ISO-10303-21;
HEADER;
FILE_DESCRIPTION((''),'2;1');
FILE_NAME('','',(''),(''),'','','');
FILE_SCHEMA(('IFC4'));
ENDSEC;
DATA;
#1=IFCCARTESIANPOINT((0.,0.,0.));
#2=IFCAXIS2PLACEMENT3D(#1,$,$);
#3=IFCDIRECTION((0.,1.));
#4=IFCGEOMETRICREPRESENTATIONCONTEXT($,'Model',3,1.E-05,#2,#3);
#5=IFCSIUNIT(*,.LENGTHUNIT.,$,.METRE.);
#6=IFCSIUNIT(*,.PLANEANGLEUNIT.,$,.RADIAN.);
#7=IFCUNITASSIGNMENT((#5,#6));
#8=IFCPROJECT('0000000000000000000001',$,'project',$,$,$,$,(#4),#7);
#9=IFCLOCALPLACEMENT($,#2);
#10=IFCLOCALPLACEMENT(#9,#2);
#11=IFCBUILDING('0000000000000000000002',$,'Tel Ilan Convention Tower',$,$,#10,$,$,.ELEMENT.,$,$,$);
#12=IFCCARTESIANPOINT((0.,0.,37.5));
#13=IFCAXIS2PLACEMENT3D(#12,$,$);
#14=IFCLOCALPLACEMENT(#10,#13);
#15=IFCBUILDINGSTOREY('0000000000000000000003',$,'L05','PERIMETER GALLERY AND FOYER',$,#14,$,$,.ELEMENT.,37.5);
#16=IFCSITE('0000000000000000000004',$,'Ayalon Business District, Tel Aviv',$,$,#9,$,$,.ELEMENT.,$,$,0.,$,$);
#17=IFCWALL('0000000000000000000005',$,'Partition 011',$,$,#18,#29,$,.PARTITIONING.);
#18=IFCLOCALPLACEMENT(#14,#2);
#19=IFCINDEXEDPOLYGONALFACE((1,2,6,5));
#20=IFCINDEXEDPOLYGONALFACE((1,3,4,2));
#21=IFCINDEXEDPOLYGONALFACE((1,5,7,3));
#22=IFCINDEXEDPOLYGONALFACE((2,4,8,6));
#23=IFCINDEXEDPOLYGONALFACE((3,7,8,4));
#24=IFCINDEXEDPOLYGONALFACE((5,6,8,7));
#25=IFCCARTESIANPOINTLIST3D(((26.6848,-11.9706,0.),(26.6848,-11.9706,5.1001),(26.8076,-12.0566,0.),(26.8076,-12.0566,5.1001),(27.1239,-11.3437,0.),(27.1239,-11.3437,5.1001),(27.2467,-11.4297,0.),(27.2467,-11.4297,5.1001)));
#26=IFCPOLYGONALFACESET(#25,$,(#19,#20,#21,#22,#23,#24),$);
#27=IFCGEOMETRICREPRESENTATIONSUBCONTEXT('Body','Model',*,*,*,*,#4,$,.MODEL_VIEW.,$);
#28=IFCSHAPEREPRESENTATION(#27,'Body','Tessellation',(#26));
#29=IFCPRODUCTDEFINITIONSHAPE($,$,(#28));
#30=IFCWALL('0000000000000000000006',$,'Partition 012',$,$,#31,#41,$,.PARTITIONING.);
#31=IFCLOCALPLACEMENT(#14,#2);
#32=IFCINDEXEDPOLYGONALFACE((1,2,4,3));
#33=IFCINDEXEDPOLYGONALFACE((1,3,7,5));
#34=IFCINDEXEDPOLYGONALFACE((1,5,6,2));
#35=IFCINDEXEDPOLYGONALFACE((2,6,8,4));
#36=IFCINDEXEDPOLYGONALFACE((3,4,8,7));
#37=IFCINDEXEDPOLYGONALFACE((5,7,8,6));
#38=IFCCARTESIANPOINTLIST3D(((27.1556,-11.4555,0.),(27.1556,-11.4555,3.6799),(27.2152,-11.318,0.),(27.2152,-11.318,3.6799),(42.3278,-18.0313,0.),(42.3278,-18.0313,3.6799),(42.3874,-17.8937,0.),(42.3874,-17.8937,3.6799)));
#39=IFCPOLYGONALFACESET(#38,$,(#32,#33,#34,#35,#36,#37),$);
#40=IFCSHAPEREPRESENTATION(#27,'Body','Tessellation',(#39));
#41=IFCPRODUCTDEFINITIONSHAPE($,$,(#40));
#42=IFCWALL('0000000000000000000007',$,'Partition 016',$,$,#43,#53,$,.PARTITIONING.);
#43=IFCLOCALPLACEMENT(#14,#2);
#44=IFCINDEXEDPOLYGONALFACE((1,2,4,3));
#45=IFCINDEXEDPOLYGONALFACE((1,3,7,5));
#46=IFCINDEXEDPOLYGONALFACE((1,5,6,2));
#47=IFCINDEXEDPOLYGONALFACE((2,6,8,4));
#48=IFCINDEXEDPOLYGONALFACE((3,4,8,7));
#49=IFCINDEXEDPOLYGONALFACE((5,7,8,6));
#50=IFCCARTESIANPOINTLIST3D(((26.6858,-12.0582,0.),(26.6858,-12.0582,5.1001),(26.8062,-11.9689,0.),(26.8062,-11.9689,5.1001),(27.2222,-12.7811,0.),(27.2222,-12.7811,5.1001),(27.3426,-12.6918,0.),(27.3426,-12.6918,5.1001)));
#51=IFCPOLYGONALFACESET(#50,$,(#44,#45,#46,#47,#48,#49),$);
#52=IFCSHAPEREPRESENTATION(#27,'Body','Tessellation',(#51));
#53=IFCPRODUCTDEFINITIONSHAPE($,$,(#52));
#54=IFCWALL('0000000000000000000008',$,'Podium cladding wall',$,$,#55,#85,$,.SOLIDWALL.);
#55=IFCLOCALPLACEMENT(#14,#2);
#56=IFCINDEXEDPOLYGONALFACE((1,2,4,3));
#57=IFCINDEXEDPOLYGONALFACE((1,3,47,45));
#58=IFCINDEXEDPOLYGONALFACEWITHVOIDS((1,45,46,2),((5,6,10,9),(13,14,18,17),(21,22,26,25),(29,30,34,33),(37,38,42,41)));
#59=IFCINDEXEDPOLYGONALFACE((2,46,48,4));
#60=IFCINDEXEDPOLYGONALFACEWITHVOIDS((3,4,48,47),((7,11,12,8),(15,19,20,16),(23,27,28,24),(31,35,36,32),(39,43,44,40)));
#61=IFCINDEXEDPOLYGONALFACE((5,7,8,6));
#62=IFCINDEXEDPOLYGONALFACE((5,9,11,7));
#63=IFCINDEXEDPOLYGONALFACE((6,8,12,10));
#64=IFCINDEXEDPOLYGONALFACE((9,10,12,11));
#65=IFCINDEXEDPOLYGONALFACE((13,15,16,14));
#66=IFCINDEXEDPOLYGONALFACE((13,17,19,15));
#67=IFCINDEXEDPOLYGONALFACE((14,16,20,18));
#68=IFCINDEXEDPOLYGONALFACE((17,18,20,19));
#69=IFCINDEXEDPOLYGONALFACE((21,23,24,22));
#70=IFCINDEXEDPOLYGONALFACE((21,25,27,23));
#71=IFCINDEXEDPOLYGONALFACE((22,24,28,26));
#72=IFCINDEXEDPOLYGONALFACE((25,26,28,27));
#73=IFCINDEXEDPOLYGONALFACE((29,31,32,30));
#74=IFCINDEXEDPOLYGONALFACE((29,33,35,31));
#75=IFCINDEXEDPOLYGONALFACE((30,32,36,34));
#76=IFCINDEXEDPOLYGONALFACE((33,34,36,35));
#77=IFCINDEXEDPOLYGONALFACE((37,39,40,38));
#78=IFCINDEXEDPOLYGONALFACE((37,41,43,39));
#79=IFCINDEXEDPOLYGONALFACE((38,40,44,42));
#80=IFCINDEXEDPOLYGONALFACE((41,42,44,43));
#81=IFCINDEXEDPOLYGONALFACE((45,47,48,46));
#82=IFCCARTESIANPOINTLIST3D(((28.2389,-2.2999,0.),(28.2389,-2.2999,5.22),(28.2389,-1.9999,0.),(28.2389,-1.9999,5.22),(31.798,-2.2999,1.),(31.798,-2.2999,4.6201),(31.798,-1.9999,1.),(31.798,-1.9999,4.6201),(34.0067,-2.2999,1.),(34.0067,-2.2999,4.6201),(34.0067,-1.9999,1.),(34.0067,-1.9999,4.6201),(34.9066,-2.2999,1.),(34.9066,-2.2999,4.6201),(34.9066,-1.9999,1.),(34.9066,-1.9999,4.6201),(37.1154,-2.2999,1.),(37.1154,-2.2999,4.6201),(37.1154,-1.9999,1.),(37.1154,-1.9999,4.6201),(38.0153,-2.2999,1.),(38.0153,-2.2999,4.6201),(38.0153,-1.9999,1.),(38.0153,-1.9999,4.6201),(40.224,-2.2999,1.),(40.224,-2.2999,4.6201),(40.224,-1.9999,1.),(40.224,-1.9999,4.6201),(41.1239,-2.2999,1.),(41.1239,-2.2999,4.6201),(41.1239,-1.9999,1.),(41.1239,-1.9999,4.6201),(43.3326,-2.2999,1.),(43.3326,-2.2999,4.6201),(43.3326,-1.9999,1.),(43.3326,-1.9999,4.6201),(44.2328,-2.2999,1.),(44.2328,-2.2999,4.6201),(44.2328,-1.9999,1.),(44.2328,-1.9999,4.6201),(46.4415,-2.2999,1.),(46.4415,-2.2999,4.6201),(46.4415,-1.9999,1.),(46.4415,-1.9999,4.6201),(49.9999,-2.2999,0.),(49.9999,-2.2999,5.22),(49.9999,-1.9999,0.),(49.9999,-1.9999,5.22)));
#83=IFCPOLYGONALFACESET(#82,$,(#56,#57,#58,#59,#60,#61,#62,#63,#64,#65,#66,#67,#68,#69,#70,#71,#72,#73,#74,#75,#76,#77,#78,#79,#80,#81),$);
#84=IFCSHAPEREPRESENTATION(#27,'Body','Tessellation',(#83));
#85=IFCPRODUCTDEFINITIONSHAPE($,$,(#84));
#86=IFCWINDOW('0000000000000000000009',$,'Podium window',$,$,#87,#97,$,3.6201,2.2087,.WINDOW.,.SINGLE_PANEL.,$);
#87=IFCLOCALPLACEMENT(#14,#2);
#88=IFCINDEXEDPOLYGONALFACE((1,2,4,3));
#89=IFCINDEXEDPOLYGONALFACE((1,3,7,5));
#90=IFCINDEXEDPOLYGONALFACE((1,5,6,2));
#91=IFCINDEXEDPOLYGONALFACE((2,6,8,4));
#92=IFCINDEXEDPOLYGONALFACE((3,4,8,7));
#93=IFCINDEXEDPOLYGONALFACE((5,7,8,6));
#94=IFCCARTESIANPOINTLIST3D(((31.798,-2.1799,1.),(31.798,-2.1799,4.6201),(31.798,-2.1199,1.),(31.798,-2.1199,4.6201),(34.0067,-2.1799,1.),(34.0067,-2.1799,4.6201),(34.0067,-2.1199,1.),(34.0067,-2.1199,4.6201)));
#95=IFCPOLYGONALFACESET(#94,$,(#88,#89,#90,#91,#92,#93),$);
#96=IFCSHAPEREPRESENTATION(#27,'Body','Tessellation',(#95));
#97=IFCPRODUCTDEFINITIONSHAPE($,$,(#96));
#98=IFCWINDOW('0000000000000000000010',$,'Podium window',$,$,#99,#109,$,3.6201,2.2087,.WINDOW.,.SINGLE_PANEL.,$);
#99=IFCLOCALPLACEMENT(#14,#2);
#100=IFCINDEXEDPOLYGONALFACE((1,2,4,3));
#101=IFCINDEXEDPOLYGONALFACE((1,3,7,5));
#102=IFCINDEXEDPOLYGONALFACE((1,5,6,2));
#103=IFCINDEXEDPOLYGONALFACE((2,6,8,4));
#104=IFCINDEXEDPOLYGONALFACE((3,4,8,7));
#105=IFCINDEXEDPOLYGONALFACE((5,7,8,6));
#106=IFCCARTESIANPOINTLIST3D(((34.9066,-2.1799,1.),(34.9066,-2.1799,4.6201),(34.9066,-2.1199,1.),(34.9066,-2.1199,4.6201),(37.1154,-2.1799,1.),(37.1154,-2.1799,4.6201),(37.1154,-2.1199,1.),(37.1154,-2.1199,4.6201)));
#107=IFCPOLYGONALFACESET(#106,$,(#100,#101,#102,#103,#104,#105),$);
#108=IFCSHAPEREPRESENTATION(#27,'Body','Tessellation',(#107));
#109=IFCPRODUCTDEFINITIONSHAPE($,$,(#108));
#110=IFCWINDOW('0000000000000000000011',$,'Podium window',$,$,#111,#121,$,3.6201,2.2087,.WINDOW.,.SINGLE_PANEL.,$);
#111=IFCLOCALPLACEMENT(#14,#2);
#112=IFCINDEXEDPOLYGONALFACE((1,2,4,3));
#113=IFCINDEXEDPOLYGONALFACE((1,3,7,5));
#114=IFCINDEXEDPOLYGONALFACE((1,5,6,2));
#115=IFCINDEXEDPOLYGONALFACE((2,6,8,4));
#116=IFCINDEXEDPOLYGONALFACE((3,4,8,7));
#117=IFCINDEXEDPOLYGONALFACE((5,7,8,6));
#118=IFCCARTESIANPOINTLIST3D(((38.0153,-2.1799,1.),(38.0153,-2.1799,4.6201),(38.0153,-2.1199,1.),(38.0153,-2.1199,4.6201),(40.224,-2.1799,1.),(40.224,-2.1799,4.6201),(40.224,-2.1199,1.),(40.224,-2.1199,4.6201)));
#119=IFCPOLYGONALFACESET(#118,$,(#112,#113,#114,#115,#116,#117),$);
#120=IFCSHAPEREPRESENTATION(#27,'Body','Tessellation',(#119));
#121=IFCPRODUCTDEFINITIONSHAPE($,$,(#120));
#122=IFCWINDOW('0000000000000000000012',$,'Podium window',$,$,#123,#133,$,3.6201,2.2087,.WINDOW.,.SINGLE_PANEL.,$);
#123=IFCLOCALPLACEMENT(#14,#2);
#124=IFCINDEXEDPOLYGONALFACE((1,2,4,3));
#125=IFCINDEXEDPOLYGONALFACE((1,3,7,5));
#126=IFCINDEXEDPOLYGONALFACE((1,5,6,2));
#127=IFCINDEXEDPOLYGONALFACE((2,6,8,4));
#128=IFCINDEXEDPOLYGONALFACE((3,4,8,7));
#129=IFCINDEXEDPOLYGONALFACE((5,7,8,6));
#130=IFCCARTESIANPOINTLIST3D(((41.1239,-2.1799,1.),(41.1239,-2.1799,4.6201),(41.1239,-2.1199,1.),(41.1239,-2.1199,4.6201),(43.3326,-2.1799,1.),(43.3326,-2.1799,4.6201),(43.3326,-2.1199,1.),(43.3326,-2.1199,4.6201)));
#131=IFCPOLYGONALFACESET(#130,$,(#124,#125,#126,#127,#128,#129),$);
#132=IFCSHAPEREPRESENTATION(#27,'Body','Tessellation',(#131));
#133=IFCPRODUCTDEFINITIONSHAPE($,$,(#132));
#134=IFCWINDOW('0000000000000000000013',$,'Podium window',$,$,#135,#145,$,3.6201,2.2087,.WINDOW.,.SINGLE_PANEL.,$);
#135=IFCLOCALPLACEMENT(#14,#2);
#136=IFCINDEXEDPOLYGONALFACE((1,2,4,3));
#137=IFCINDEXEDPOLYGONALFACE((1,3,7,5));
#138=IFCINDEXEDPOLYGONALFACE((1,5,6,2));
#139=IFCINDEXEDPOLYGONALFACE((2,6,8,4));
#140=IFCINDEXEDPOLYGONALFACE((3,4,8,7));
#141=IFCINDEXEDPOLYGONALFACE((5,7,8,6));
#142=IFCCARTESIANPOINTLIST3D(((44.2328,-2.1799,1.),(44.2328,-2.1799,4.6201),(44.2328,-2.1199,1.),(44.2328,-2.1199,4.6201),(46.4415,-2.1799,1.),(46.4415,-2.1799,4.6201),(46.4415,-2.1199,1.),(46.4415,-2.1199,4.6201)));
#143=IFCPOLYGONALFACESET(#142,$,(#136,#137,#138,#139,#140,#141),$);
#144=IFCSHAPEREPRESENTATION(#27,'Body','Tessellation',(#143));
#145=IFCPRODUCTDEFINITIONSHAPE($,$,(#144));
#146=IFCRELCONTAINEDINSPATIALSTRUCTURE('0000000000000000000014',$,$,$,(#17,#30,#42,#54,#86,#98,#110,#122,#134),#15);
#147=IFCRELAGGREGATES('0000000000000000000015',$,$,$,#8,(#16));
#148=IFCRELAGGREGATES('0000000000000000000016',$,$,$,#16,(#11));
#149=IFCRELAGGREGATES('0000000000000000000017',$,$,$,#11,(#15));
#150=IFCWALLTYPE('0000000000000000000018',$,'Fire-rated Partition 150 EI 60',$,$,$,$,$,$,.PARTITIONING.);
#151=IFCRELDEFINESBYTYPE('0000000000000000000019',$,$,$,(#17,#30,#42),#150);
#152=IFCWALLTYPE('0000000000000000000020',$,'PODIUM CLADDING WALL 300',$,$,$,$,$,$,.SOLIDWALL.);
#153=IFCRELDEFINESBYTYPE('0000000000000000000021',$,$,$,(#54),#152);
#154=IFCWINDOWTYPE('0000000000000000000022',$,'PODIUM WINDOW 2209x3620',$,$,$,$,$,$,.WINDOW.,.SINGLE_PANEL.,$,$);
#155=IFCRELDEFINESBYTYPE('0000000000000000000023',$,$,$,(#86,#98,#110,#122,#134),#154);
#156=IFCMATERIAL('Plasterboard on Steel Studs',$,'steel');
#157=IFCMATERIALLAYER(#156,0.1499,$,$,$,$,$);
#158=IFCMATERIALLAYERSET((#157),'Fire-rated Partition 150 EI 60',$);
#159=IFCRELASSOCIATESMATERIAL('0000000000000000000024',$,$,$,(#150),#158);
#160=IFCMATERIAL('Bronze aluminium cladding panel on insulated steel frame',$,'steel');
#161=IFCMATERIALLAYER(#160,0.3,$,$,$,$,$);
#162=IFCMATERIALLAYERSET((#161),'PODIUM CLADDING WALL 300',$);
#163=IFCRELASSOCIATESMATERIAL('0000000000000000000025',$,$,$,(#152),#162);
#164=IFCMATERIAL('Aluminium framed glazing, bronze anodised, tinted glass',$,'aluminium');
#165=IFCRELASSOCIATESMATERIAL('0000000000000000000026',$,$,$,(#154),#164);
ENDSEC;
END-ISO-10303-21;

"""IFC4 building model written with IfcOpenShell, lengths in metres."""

from ifc_helpers import new_model, si_unit, direction, frame, frame_2d, origin, place, context, subcontext, project, spatial, rectangle, extrude, material, layer, layer_set, type_object, element, fill, save


model = new_model("IFC4")

# Units and contexts
model_context = context("Model", 3, precision=1e-05, world=origin(), true_north=direction((0.0, 1.0)))
body_context = subcontext(model_context, "Body", "Model", "MODEL_VIEW")
ifc_project = project(units=[si_unit("LENGTHUNIT", "METRE"), si_unit("PLANEANGLEUNIT", "RADIAN")], contexts=[model_context])

# Site, building, storey
site_placement = place(None, origin())
site = spatial("IfcSite", under=ifc_project, at=site_placement, Name="Ayalon Business District, Tel Aviv", CompositionType="ELEMENT", RefElevation=0.0)
building_placement = place(site_placement, origin())
building = spatial("IfcBuilding", under=site, at=building_placement, Name="Tel Ilan Convention Tower", CompositionType="ELEMENT")
storey_placement = place(building_placement, frame((0.0, 0.0, 37.5)))
storey = spatial("IfcBuildingStorey", under=building, at=storey_placement, Name="L05", Description="PERIMETER GALLERY AND FOYER", CompositionType="ELEMENT", Elevation=37.5)

# Walls
ifc_material_1 = material(Name="Plasterboard on Steel Studs", Category="steel")
ifc_layer_1 = layer(ifc_material_1, 0.1499)
ifc_layer_set_1 = layer_set([ifc_layer_1], Name="Fire-rated Partition 150 EI 60")
wall_type_1 = type_object("IfcWallType", Name="Fire-rated Partition 150 EI 60", PredefinedType="PARTITIONING", material=ifc_layer_set_1)
wall_1_placement = place(storey_placement, frame((26.7461, -12.0137, 0.0), z_axis=(0.0, 0.0, 1.0), x_axis=(0.573762, 0.819022, 0.0)))
element("IfcWall", 1, at=wall_1_placement, inside=storey, type_object=wall_type_1, Name="Partition 011", PredefinedType="PARTITIONING", context=body_context, shape_type="SweptSolid", body=[
    extrude(rectangle(XDim=0.7654, YDim=0.1499, at=frame_2d((0.3828, 0.0))), origin(), (0.0, 0.0, 1.0), 5.1001),
])
wall_2_placement = place(storey_placement, frame((27.1853, -11.3867, 0.0), z_axis=(0.0, 0.0, 1.0), x_axis=(0.917531, -0.397663, 0.0)))
element("IfcWall", 2, at=wall_2_placement, inside=storey, type_object=wall_type_1, Name="Partition 012", PredefinedType="PARTITIONING", context=body_context, shape_type="SweptSolid", body=[
    extrude(rectangle(XDim=16.5359, YDim=0.1499, at=frame_2d((8.2681, 0.0))), origin(), (0.0, 0.0, 1.0), 3.6799),
])
wall_3_placement = place(storey_placement, frame((27.2825, -12.7366, 0.0), z_axis=(0.0, 0.0, 1.0), x_axis=(-0.595869, 0.803081, 0.0)))
element("IfcWall", 3, at=wall_3_placement, inside=storey, type_object=wall_type_1, Name="Partition 016", PredefinedType="PARTITIONING", context=body_context, shape_type="SweptSolid", body=[
    extrude(rectangle(XDim=0.9001, YDim=0.1499, at=frame_2d((0.4502, 0.0))), origin(), (0.0, 0.0, 1.0), 5.1001),
])

# Wall, openings, windows
ifc_material_2 = material(Name="Bronze aluminium cladding panel on insulated steel frame", Category="steel")
ifc_layer_2 = layer(ifc_material_2, 0.3)
ifc_layer_set_2 = layer_set([ifc_layer_2], Name="PODIUM CLADDING WALL 300")
wall_type_2 = type_object("IfcWallType", Name="PODIUM CLADDING WALL 300", PredefinedType="SOLIDWALL", material=ifc_layer_set_2)
wall_4_placement = place(storey_placement, frame((28.239, -2.1499, 0.0), z_axis=(0.0, 0.0, 1.0), x_axis=(1.0, 0.0, 0.0)))
wall_4 = element("IfcWall", 4, at=wall_4_placement, inside=storey, type_object=wall_type_2, Name="Podium cladding wall", PredefinedType="SOLIDWALL", context=body_context, shape_type="SweptSolid", body=[
    extrude(rectangle(XDim=21.761, YDim=0.3, at=frame_2d((10.8804, 0.0))), origin(), (0.0, 0.0, 1.0), 5.22),
])
opening_1_placement = place(wall_4_placement, frame((3.5588, 0.0, 1.0)))
opening_1 = element("IfcOpeningElement", 5, at=opening_1_placement, cuts=wall_4, PredefinedType="OPENING", context=body_context, shape_type="SweptSolid", body=[
    extrude(rectangle(XDim=2.2087, YDim=3.6201, at=frame_2d((1.1045, 1.8101))), frame((0.0, 0.1599, 0.0), z_axis=(0.0, -1.0, 0.0), x_axis=(1.0, 0.0, 0.0)), (0.0, 0.0, 1.0), 0.3201),
])
opening_2_placement = place(wall_4_placement, frame((6.6675, 0.0, 1.0)))
opening_2 = element("IfcOpeningElement", 6, at=opening_2_placement, cuts=wall_4, PredefinedType="OPENING", context=body_context, shape_type="SweptSolid", body=[
    extrude(rectangle(XDim=2.2087, YDim=3.6201, at=frame_2d((1.1045, 1.8101))), frame((0.0, 0.1599, 0.0), z_axis=(0.0, -1.0, 0.0), x_axis=(1.0, 0.0, 0.0)), (0.0, 0.0, 1.0), 0.3201),
])
opening_3_placement = place(wall_4_placement, frame((9.7761, 0.0, 1.0)))
opening_3 = element("IfcOpeningElement", 7, at=opening_3_placement, cuts=wall_4, PredefinedType="OPENING", context=body_context, shape_type="SweptSolid", body=[
    extrude(rectangle(XDim=2.2087, YDim=3.6201, at=frame_2d((1.1045, 1.8101))), frame((0.0, 0.1599, 0.0), z_axis=(0.0, -1.0, 0.0), x_axis=(1.0, 0.0, 0.0)), (0.0, 0.0, 1.0), 0.3201),
])
opening_4_placement = place(wall_4_placement, frame((12.8848, 0.0, 1.0)))
opening_4 = element("IfcOpeningElement", 8, at=opening_4_placement, cuts=wall_4, PredefinedType="OPENING", context=body_context, shape_type="SweptSolid", body=[
    extrude(rectangle(XDim=2.2087, YDim=3.6201, at=frame_2d((1.1045, 1.8101))), frame((0.0, 0.1599, 0.0), z_axis=(0.0, -1.0, 0.0), x_axis=(1.0, 0.0, 0.0)), (0.0, 0.0, 1.0), 0.3201),
])
opening_5_placement = place(wall_4_placement, frame((15.9937, 0.0, 1.0)))
opening_5 = element("IfcOpeningElement", 9, at=opening_5_placement, cuts=wall_4, PredefinedType="OPENING", context=body_context, shape_type="SweptSolid", body=[
    extrude(rectangle(XDim=2.2087, YDim=3.6201, at=frame_2d((1.1045, 1.8101))), frame((0.0, 0.1599, 0.0), z_axis=(0.0, -1.0, 0.0), x_axis=(1.0, 0.0, 0.0)), (0.0, 0.0, 1.0), 0.3201),
])
ifc_material_3 = material(Name="Aluminium framed glazing, bronze anodised, tinted glass", Category="aluminium")
window_type = type_object("IfcWindowType", Name="PODIUM WINDOW 2209x3620", PartitioningType="SINGLE_PANEL", PredefinedType="WINDOW", material=ifc_material_3)
window_1_placement = place(opening_1_placement, origin())
window_1 = element("IfcWindow", 10, at=window_1_placement, inside=storey, type_object=window_type, Name="Podium window", OverallHeight=3.6201, OverallWidth=2.2087, PartitioningType="SINGLE_PANEL", PredefinedType="WINDOW", context=body_context, shape_type="SweptSolid", body=[
    extrude(rectangle(XDim=2.2087, YDim=3.6201, at=frame_2d((1.1045, 1.8101))), frame((0.0, 0.03, 0.0), z_axis=(0.0, -1.0, 0.0), x_axis=(1.0, 0.0, 0.0)), (0.0, 0.0, 1.0), 0.0601),
])
fill(opening_1, window_1)
window_2_placement = place(opening_2_placement, origin())
window_2 = element("IfcWindow", 11, at=window_2_placement, inside=storey, type_object=window_type, Name="Podium window", OverallHeight=3.6201, OverallWidth=2.2087, PartitioningType="SINGLE_PANEL", PredefinedType="WINDOW", context=body_context, shape_type="SweptSolid", body=[
    extrude(rectangle(XDim=2.2087, YDim=3.6201, at=frame_2d((1.1045, 1.8101))), frame((0.0, 0.03, 0.0), z_axis=(0.0, -1.0, 0.0), x_axis=(1.0, 0.0, 0.0)), (0.0, 0.0, 1.0), 0.0601),
])
fill(opening_2, window_2)
window_3_placement = place(opening_3_placement, origin())
window_3 = element("IfcWindow", 12, at=window_3_placement, inside=storey, type_object=window_type, Name="Podium window", OverallHeight=3.6201, OverallWidth=2.2087, PartitioningType="SINGLE_PANEL", PredefinedType="WINDOW", context=body_context, shape_type="SweptSolid", body=[
    extrude(rectangle(XDim=2.2087, YDim=3.6201, at=frame_2d((1.1045, 1.8101))), frame((0.0, 0.03, 0.0), z_axis=(0.0, -1.0, 0.0), x_axis=(1.0, 0.0, 0.0)), (0.0, 0.0, 1.0), 0.0601),
])
fill(opening_3, window_3)
window_4_placement = place(opening_4_placement, origin())
window_4 = element("IfcWindow", 13, at=window_4_placement, inside=storey, type_object=window_type, Name="Podium window", OverallHeight=3.6201, OverallWidth=2.2087, PartitioningType="SINGLE_PANEL", PredefinedType="WINDOW", context=body_context, shape_type="SweptSolid", body=[
    extrude(rectangle(XDim=2.2087, YDim=3.6201, at=frame_2d((1.1045, 1.8101))), frame((0.0, 0.03, 0.0), z_axis=(0.0, -1.0, 0.0), x_axis=(1.0, 0.0, 0.0)), (0.0, 0.0, 1.0), 0.0601),
])
fill(opening_4, window_4)
window_5_placement = place(opening_5_placement, origin())
window_5 = element("IfcWindow", 14, at=window_5_placement, inside=storey, type_object=window_type, Name="Podium window", OverallHeight=3.6201, OverallWidth=2.2087, PartitioningType="SINGLE_PANEL", PredefinedType="WINDOW", context=body_context, shape_type="SweptSolid", body=[
    extrude(rectangle(XDim=2.2087, YDim=3.6201, at=frame_2d((1.1045, 1.8101))), frame((0.0, 0.03, 0.0), z_axis=(0.0, -1.0, 0.0), x_axis=(1.0, 0.0, 0.0)), (0.0, 0.0, 1.0), 0.0601),
])
fill(opening_5, window_5)

save(model, "model.ifc")
